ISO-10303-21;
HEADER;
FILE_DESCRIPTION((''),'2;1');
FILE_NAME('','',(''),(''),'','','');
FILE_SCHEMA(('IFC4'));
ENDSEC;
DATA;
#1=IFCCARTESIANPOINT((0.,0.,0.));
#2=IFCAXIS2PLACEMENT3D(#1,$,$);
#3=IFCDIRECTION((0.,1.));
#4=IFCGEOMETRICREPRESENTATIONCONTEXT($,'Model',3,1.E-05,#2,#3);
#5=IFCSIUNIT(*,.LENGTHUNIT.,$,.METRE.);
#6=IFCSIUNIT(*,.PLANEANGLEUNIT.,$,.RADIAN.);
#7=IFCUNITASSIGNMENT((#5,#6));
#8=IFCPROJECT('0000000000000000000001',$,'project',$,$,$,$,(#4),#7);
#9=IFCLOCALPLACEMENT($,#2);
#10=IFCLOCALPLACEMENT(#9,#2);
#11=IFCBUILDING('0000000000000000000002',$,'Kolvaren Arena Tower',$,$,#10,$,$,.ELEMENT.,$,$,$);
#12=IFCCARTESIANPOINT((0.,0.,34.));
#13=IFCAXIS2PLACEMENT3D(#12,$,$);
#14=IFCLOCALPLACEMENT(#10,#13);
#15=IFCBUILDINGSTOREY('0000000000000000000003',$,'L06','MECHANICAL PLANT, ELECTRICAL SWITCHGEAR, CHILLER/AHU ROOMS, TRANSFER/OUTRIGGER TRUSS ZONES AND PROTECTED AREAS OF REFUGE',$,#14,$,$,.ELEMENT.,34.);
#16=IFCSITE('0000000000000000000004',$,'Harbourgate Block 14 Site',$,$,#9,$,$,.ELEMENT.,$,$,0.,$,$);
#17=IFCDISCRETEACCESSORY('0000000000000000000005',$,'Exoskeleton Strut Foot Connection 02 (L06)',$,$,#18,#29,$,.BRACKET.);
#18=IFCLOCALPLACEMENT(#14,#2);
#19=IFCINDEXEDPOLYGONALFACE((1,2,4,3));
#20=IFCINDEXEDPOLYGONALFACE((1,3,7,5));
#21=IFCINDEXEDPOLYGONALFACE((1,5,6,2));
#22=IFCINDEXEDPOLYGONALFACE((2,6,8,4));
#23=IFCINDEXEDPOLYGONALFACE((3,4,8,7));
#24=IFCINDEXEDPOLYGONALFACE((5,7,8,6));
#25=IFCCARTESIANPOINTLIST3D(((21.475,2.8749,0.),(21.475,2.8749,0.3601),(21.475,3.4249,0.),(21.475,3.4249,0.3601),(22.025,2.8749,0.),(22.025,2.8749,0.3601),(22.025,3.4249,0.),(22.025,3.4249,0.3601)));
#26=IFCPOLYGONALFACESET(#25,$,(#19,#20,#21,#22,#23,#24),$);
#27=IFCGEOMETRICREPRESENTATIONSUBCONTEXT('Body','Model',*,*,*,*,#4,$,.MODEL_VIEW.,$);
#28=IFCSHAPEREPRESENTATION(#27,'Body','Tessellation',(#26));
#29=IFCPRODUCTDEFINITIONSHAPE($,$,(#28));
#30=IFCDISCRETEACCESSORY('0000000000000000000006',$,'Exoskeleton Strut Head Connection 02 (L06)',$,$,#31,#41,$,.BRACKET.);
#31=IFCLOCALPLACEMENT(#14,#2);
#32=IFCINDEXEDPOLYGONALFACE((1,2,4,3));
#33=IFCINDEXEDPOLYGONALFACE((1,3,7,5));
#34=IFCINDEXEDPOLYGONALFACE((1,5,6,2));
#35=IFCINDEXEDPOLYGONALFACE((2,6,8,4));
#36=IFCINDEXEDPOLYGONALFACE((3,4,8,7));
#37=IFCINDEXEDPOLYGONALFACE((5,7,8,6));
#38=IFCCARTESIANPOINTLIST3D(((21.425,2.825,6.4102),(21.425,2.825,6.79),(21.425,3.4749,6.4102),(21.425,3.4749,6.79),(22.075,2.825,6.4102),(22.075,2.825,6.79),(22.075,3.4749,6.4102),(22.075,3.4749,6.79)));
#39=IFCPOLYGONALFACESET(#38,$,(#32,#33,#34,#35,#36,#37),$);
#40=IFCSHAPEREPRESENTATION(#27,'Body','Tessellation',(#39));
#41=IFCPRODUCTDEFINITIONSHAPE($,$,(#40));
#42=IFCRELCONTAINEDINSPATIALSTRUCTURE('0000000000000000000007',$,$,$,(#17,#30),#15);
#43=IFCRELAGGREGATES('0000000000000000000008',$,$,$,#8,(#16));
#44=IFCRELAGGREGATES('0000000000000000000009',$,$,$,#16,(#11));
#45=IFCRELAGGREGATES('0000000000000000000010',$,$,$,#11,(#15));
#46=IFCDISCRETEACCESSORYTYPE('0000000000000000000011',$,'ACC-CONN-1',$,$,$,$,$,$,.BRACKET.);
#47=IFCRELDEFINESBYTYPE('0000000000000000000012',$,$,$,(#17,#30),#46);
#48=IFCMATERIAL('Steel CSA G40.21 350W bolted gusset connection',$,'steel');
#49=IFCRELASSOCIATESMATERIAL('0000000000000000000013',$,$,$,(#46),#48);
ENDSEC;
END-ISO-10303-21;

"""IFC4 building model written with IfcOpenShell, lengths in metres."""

from ifc_helpers import new_model, si_unit, direction, frame, origin, origin_2d, place, context, subcontext, project, spatial, rectangle, extrude, material, type_object, element, save


model = new_model("IFC4")

# Units and contexts
model_context = context("Model", 3, precision=1e-05, world=origin(), true_north=direction((0.0, 1.0)))
body_context = subcontext(model_context, "Body", "Model", "MODEL_VIEW")
ifc_project = project(units=[si_unit("LENGTHUNIT", "METRE"), si_unit("PLANEANGLEUNIT", "RADIAN")], contexts=[model_context])

# Site, building, storey
site_placement = place(None, origin())
site = spatial("IfcSite", under=ifc_project, at=site_placement, Name="Harbourgate Block 14 Site", CompositionType="ELEMENT", RefElevation=0.0)
building_placement = place(site_placement, origin())
building = spatial("IfcBuilding", under=site, at=building_placement, Name="Kolvaren Arena Tower", CompositionType="ELEMENT")
storey_placement = place(building_placement, frame((0.0, 0.0, 34.0)))
storey = spatial("IfcBuildingStorey", under=building, at=storey_placement, Name="L06", Description="MECHANICAL PLANT, ELECTRICAL SWITCHGEAR, CHILLER/AHU ROOMS, TRANSFER/OUTRIGGER TRUSS ZONES AND PROTECTED AREAS OF REFUGE", CompositionType="ELEMENT", Elevation=34.0)

# Discrete accessories
ifc_material_1 = material(Name="Steel CSA G40.21 350W bolted gusset connection", Category="steel")
discrete_accessory_type = type_object("IfcDiscreteAccessoryType", Name="ACC-CONN-1", PredefinedType="BRACKET", material=ifc_material_1)
discrete_accessory_1_placement = place(storey_placement, frame((21.75, 3.1499, 0.0), z_axis=(0.0, 0.0, 1.0), x_axis=(1.0, 0.0, 0.0)))
element("IfcDiscreteAccessory", 1, at=discrete_accessory_1_placement, inside=storey, type_object=discrete_accessory_type, Name="Exoskeleton Strut Foot Connection 02 (L06)", PredefinedType="BRACKET", context=body_context, shape_type="SweptSolid", body=[
    extrude(rectangle(XDim=0.55, YDim=0.55, at=origin_2d()), origin(), (0.0, 0.0, 1.0), 0.3601),
])
discrete_accessory_2_placement = place(storey_placement, frame((21.75, 3.1499, 6.4102), z_axis=(0.0, 0.0, 1.0), x_axis=(1.0, 0.0, 0.0)))
element("IfcDiscreteAccessory", 2, at=discrete_accessory_2_placement, inside=storey, type_object=discrete_accessory_type, Name="Exoskeleton Strut Head Connection 02 (L06)", PredefinedType="BRACKET", context=body_context, shape_type="SweptSolid", body=[
    extrude(rectangle(XDim=0.6499, YDim=0.6499, at=origin_2d()), origin(), (0.0, 0.0, 1.0), 0.3799),
])

save(model, "model.ifc")
